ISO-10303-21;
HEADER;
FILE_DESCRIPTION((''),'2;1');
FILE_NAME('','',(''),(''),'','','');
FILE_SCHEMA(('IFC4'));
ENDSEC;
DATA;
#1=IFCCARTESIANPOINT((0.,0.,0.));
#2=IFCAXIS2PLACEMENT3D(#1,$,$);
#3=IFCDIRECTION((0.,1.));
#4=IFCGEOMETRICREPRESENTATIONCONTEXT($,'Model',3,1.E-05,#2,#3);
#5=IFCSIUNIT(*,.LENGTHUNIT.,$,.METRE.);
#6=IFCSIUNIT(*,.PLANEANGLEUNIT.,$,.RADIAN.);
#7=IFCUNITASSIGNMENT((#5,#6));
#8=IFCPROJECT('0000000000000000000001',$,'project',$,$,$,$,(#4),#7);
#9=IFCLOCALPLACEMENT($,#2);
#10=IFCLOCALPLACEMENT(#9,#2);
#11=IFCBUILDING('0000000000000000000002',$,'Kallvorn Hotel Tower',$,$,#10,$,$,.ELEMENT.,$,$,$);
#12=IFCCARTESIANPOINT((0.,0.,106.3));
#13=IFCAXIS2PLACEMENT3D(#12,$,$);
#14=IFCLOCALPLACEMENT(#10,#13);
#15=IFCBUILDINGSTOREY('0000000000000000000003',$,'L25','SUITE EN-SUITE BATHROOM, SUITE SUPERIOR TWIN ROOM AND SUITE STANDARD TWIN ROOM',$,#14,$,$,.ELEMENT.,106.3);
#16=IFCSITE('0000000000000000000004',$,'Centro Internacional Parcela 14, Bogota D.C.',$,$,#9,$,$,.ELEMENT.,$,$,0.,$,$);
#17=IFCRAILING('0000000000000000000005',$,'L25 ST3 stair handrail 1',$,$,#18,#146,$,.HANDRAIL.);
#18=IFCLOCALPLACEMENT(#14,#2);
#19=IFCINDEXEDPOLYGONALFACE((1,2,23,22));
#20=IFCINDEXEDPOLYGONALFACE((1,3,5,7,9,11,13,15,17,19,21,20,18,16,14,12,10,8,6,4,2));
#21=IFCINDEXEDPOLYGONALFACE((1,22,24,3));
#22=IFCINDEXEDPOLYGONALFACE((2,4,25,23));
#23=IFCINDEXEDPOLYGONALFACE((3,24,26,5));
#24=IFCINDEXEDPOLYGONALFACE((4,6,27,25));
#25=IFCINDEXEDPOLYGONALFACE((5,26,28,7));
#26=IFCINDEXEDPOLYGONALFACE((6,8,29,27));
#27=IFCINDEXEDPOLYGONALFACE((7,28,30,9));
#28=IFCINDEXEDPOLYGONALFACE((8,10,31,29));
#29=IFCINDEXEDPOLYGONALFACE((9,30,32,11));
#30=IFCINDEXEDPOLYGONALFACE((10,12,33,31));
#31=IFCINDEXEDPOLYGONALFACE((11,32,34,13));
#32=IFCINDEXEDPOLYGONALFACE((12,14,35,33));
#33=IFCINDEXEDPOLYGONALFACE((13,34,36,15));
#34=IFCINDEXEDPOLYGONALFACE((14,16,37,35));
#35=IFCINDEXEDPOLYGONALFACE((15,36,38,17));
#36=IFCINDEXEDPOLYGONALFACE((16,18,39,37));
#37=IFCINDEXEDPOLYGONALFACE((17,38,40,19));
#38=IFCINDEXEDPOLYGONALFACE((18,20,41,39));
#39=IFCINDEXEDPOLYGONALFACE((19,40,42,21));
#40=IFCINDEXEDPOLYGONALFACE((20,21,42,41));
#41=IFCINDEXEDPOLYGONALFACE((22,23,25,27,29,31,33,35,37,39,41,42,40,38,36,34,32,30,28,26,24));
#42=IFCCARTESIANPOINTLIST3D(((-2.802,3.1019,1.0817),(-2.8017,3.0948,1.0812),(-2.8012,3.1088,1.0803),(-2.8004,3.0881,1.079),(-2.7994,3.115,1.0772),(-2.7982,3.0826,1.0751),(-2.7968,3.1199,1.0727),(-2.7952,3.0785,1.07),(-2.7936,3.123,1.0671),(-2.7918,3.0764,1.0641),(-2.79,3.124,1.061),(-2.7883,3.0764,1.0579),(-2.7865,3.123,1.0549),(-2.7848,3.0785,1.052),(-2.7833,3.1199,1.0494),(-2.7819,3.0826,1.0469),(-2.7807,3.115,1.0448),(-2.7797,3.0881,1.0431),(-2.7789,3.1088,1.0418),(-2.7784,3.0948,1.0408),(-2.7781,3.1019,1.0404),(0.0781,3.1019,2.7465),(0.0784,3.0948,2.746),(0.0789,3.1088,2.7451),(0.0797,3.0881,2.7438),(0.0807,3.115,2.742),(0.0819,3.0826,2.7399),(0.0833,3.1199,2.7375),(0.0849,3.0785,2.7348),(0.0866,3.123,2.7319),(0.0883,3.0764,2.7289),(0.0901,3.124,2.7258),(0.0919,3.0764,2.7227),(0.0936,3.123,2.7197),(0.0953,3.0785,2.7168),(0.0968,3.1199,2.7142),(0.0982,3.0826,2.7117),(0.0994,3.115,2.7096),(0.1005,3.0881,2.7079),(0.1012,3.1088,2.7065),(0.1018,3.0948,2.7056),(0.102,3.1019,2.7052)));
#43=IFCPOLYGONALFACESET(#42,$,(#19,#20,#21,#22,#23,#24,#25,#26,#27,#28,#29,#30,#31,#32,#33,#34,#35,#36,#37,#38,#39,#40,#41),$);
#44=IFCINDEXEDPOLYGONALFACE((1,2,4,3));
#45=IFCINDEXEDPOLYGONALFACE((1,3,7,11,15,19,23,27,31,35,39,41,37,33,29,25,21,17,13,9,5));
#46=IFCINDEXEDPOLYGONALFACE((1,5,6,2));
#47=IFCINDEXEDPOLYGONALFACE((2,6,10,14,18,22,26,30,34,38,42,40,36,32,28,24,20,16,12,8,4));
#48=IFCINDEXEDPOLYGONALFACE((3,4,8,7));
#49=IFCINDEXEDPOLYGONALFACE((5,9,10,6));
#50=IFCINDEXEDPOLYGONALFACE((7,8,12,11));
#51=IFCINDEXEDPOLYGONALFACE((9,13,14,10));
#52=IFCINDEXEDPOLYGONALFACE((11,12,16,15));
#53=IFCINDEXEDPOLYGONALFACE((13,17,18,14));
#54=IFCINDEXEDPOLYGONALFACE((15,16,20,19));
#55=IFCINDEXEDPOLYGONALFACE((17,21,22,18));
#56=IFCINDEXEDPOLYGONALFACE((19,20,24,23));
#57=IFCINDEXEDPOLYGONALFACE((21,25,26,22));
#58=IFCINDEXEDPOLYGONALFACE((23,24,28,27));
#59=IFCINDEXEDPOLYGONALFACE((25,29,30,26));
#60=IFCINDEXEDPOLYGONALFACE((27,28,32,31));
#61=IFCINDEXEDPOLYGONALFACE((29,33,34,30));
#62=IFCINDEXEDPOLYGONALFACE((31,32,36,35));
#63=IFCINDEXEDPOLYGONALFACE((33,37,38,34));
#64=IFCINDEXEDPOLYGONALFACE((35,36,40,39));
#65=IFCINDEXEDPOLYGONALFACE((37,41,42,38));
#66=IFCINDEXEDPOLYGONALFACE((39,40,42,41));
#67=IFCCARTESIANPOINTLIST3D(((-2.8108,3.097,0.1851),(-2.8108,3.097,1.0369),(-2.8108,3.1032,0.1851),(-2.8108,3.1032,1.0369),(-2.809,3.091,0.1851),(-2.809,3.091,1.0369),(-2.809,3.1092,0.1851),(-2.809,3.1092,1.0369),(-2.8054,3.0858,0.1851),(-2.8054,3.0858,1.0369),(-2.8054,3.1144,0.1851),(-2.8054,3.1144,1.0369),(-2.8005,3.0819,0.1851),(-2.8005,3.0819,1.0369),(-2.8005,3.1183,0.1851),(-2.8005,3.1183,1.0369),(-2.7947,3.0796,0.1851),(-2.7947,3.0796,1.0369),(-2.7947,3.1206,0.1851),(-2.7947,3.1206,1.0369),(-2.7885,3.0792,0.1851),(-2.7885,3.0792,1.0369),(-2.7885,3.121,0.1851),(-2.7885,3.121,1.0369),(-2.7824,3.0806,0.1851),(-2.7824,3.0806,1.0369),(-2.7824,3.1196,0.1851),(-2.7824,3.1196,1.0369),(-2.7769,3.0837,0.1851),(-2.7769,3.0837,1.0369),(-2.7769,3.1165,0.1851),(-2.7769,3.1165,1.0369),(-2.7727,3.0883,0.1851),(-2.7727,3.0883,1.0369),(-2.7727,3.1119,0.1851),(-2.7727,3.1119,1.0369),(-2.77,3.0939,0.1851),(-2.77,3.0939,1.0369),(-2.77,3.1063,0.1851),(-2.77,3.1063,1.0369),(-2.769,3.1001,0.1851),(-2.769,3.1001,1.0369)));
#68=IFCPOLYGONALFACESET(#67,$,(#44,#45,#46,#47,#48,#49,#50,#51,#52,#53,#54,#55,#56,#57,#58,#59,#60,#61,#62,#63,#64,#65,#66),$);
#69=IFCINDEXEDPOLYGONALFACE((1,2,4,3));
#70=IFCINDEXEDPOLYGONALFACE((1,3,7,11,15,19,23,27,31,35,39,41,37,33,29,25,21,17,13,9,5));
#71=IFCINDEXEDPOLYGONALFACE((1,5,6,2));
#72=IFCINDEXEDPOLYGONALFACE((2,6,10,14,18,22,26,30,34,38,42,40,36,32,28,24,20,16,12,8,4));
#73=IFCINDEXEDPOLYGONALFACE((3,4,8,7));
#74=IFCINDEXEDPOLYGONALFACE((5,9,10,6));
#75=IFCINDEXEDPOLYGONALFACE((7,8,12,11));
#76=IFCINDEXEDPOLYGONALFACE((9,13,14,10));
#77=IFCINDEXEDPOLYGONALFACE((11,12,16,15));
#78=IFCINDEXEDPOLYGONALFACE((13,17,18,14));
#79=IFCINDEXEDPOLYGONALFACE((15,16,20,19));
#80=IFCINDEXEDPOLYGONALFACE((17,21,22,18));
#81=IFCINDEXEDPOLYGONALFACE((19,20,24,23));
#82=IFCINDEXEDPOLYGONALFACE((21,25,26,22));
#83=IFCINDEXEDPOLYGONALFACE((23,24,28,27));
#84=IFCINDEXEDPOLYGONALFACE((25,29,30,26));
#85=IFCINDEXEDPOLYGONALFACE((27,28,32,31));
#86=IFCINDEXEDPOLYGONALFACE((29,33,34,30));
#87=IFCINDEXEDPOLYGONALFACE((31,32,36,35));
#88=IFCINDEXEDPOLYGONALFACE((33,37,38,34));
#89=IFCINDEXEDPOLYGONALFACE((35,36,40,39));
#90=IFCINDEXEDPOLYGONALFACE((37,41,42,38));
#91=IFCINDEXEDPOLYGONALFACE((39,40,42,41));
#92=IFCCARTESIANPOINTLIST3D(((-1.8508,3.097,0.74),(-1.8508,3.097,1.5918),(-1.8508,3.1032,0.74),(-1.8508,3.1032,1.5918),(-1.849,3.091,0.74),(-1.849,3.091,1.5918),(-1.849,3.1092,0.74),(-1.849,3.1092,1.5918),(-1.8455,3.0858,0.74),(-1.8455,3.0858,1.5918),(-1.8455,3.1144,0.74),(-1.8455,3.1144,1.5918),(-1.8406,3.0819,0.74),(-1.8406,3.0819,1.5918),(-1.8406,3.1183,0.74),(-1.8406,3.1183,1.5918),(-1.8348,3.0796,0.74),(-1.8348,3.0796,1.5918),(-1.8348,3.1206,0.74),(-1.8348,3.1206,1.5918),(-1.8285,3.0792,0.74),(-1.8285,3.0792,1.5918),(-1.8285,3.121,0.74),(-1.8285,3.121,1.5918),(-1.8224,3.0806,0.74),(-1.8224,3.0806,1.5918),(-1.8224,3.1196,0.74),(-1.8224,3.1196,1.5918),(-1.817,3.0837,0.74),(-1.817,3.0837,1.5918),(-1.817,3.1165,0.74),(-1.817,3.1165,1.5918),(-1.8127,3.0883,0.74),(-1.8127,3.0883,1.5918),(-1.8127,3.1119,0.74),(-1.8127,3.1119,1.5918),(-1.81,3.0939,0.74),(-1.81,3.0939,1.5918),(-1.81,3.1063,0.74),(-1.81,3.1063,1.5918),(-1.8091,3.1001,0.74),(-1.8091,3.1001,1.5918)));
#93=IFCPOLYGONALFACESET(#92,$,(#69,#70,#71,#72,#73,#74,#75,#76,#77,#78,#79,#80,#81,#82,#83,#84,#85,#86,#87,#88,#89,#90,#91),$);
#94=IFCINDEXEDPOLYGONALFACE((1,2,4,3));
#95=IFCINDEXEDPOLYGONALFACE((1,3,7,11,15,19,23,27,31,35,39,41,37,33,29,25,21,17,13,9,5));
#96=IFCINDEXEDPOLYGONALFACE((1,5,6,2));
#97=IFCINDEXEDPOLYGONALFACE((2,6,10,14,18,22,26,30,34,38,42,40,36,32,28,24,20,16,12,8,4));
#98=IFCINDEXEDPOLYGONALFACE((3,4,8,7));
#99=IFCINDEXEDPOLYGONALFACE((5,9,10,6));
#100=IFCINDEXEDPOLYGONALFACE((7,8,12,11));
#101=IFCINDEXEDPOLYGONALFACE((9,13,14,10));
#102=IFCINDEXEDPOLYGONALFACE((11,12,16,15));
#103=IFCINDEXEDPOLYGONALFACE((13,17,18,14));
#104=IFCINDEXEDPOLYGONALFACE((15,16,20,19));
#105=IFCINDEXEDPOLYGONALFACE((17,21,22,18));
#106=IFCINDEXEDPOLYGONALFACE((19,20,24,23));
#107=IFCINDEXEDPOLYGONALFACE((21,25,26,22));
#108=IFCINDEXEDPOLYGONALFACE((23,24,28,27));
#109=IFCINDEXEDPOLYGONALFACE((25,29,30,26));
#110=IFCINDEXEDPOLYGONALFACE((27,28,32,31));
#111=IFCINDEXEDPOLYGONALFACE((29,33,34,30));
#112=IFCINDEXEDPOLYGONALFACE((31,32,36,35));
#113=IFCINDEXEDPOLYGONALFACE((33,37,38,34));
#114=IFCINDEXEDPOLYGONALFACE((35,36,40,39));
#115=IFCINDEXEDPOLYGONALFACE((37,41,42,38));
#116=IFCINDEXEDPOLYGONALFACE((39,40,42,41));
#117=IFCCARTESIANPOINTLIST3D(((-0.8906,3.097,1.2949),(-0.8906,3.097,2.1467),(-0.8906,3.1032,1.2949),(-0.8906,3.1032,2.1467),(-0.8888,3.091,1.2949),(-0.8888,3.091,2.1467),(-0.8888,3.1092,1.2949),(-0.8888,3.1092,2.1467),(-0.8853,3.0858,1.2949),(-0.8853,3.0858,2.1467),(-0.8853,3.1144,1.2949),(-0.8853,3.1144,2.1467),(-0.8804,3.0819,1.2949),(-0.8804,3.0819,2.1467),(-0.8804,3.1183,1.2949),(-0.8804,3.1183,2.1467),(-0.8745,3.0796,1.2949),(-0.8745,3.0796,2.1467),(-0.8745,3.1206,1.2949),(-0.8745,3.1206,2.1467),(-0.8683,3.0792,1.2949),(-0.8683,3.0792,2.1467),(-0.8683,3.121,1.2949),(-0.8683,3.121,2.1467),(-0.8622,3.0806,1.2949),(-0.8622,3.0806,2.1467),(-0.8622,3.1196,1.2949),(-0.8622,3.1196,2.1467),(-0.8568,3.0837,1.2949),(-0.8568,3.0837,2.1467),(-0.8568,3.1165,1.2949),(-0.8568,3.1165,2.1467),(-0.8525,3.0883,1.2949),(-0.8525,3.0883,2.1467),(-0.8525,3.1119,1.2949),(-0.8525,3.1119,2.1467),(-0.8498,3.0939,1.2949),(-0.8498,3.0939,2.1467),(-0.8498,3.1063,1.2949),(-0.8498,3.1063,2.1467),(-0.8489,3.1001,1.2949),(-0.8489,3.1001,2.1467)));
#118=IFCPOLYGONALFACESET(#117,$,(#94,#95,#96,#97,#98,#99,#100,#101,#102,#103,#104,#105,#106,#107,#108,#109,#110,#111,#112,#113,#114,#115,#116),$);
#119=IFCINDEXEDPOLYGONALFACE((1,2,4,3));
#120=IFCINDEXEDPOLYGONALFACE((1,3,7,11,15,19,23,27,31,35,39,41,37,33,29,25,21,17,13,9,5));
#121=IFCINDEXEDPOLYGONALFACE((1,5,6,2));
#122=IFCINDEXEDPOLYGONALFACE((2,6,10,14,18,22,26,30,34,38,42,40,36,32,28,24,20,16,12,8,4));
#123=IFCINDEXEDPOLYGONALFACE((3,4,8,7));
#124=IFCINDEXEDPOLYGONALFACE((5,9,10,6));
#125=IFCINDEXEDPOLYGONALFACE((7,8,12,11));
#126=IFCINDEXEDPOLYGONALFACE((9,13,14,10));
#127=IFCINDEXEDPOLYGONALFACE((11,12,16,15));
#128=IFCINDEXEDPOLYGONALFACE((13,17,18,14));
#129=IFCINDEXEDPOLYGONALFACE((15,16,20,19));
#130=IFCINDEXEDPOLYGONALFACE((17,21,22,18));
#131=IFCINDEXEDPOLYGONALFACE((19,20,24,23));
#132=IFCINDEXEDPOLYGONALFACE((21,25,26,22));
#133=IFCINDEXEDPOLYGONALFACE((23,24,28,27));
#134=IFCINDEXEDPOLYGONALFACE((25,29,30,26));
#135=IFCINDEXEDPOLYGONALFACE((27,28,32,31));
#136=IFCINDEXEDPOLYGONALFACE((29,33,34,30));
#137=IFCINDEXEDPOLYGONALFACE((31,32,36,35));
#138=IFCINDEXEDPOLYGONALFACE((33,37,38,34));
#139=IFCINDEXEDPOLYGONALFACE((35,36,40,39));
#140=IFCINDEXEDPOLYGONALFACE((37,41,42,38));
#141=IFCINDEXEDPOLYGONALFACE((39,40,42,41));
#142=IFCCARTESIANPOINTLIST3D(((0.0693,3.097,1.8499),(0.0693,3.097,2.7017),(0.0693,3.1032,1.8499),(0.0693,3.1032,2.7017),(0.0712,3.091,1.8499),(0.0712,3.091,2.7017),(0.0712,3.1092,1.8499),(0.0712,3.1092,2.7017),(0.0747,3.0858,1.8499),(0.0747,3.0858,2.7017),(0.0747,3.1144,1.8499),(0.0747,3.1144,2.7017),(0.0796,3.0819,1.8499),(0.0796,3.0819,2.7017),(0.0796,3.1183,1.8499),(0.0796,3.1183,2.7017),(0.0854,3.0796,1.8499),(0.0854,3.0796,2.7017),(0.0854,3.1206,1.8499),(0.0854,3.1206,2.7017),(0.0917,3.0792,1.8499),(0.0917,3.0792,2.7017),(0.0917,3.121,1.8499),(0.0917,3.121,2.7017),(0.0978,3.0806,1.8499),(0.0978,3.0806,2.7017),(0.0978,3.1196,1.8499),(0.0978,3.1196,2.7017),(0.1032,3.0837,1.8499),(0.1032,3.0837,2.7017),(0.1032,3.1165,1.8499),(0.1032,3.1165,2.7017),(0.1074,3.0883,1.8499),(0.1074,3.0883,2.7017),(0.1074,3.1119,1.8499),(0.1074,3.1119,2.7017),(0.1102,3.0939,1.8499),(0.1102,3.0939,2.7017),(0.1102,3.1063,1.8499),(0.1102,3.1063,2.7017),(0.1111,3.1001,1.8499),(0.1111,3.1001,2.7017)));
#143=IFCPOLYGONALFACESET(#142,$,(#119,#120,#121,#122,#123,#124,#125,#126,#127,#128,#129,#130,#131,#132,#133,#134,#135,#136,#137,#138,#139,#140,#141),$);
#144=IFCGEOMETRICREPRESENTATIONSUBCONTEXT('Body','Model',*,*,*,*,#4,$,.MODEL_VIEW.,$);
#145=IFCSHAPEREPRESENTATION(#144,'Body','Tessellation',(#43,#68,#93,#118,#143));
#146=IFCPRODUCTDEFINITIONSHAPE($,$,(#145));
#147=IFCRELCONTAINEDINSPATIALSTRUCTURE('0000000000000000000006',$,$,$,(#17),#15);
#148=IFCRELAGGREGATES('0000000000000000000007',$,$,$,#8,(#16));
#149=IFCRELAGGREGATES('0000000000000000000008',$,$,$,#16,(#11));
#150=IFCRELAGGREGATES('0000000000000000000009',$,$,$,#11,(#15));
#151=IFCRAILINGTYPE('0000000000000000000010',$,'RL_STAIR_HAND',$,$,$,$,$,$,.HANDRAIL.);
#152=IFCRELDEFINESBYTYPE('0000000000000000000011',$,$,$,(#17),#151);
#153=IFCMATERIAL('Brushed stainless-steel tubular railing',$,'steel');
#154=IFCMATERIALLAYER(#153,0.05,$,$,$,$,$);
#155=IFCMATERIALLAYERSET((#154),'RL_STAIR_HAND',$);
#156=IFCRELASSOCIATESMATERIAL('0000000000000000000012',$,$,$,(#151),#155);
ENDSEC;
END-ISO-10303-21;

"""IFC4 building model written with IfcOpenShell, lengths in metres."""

from ifc_helpers import new_model, si_unit, direction, frame, origin, origin_2d, place, context, subcontext, project, spatial, circle, extrude, material, layer, layer_set, type_object, element, save


model = new_model("IFC4")

# Units and contexts
model_context = context("Model", 3, precision=1e-05, world=origin(), true_north=direction((0.0, 1.0)))
body_context = subcontext(model_context, "Body", "Model", "MODEL_VIEW")
ifc_project = project(units=[si_unit("LENGTHUNIT", "METRE"), si_unit("PLANEANGLEUNIT", "RADIAN")], contexts=[model_context])

# Site, building, storey
site_placement = place(None, origin())
site = spatial("IfcSite", under=ifc_project, at=site_placement, Name="Centro Internacional Parcela 14, Bogota D.C.", CompositionType="ELEMENT", RefElevation=0.0)
building_placement = place(site_placement, origin())
building = spatial("IfcBuilding", under=site, at=building_placement, Name="Kallvorn Hotel Tower", CompositionType="ELEMENT")
storey_placement = place(building_placement, frame((0.0, 0.0, 106.3)))
storey = spatial("IfcBuildingStorey", under=building, at=storey_placement, Name="L25", Description="SUITE EN-SUITE BATHROOM, SUITE SUPERIOR TWIN ROOM AND SUITE STANDARD TWIN ROOM", CompositionType="ELEMENT", Elevation=106.3)

# Railing
ifc_material_1 = material(Name="Brushed stainless-steel tubular railing", Category="steel")
ifc_layer_1 = layer(ifc_material_1, 0.05)
ifc_layer_set_1 = layer_set([ifc_layer_1], Name="RL_STAIR_HAND")
railing_type_1 = type_object("IfcRailingType", Name="RL_STAIR_HAND", PredefinedType="HANDRAIL", material=ifc_layer_set_1)
railing_1_placement = place(storey_placement, frame((-2.79, 3.1001, 0.1851)))
element("IfcRailing", 1, at=railing_1_placement, inside=storey, type_object=railing_type_1, Name="L25 ST3 stair handrail 1", PredefinedType="HANDRAIL", context=body_context, shape_type="SweptSolid", body=[
    extrude(circle(Radius=0.0239, at=origin_2d()), frame((0.0, 0.0, 0.876), z_axis=(0.865771, 0.0, 0.50044), x_axis=(0.0, 1.0, 0.0)), (0.0, 0.0, 1.0), 3.3267),
    extrude(circle(Radius=0.021, at=origin_2d()), origin(), (0.0, 0.0, 1.0), 0.8518),
    extrude(circle(Radius=0.021, at=origin_2d()), frame((0.96, 0.0, 0.5549)), (0.0, 0.0, 1.0), 0.8518),
    extrude(circle(Radius=0.021, at=origin_2d()), frame((1.9202, 0.0, 1.1099)), (0.0, 0.0, 1.0), 0.8518),
    extrude(circle(Radius=0.021, at=origin_2d()), frame((2.8801, 0.0, 1.6648)), (0.0, 0.0, 1.0), 0.8518),
])

save(model, "model.ifc")
